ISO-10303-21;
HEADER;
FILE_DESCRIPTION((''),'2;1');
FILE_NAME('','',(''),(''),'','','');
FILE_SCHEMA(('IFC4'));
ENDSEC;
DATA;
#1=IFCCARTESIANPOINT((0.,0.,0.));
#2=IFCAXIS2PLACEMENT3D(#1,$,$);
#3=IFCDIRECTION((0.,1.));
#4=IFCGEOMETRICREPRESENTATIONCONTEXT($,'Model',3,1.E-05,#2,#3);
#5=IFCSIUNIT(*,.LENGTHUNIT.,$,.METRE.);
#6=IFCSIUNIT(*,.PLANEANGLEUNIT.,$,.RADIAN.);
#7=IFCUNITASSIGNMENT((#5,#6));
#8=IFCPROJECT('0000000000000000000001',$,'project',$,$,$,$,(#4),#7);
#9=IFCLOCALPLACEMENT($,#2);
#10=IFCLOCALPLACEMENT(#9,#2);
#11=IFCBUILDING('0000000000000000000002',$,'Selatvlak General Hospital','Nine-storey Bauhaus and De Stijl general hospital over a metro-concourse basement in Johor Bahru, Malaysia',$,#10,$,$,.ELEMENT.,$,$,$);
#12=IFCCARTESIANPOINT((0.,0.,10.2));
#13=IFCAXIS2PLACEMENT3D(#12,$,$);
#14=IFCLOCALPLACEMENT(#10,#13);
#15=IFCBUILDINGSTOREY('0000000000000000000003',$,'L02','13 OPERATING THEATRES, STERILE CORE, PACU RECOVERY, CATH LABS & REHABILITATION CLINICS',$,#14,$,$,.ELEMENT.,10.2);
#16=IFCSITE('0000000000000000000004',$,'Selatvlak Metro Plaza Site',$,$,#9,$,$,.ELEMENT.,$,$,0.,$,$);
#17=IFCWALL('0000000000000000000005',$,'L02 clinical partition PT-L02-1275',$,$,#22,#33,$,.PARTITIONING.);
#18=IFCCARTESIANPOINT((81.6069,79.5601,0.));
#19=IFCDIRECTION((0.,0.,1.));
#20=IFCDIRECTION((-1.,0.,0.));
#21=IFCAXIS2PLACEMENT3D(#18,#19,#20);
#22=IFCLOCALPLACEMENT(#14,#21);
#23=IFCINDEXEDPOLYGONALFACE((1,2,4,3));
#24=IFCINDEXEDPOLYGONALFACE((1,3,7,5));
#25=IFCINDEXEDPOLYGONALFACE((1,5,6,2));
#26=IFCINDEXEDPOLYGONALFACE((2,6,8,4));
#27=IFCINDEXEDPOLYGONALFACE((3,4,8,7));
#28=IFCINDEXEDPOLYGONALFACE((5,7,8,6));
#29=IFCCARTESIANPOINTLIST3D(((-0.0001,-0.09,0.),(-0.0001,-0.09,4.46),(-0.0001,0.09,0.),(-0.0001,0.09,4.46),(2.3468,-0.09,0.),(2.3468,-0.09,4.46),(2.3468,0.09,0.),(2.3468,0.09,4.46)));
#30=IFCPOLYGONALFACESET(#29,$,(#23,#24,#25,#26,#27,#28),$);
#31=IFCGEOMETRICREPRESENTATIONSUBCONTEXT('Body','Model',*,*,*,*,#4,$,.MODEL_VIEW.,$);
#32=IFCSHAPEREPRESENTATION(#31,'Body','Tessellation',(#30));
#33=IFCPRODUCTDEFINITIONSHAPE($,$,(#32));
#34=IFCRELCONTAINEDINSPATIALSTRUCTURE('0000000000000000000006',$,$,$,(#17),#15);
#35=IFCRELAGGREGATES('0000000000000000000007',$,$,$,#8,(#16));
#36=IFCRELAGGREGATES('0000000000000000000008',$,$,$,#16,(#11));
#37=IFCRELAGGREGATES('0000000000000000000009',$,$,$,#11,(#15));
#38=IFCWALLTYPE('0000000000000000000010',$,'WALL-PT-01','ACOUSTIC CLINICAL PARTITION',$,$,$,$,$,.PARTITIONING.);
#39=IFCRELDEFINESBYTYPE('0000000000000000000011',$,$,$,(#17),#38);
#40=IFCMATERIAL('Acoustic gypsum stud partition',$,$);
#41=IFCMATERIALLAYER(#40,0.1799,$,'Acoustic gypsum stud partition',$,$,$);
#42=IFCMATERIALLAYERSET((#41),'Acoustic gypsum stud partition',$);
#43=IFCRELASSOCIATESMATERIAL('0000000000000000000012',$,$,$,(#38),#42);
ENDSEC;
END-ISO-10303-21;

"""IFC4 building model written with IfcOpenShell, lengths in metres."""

from ifc_helpers import new_model, si_unit, direction, frame, frame_2d, origin, place, context, subcontext, project, spatial, rectangle, extrude, material, layer, layer_set, type_object, element, save


model = new_model("IFC4")

# Units and contexts
model_context = context("Model", 3, precision=1e-05, world=origin(), true_north=direction((0.0, 1.0)))
body_context = subcontext(model_context, "Body", "Model", "MODEL_VIEW")
ifc_project = project(units=[si_unit("LENGTHUNIT", "METRE"), si_unit("PLANEANGLEUNIT", "RADIAN")], contexts=[model_context])

# Site, building, storey
site_placement = place(None, origin())
site = spatial("IfcSite", under=ifc_project, at=site_placement, Name="Selatvlak Metro Plaza Site", CompositionType="ELEMENT", RefElevation=0.0)
building_placement = place(site_placement, origin())
building = spatial("IfcBuilding", under=site, at=building_placement, Name="Selatvlak General Hospital", Description="Nine-storey Bauhaus and De Stijl general hospital over a metro-concourse basement in Johor Bahru, Malaysia", CompositionType="ELEMENT")
storey_placement = place(building_placement, frame((0.0, 0.0, 10.2)))
storey = spatial("IfcBuildingStorey", under=building, at=storey_placement, Name="L02", Description="13 OPERATING THEATRES, STERILE CORE, PACU RECOVERY, CATH LABS & REHABILITATION CLINICS", CompositionType="ELEMENT", Elevation=10.2)

# Wall
ifc_material_1 = material(Name="Acoustic gypsum stud partition")
ifc_layer_1 = layer(ifc_material_1, 0.1799, Name="Acoustic gypsum stud partition")
ifc_layer_set_1 = layer_set([ifc_layer_1], Name="Acoustic gypsum stud partition")
wall_type_1 = type_object("IfcWallType", Name="WALL-PT-01", Description="ACOUSTIC CLINICAL PARTITION", PredefinedType="PARTITIONING", material=ifc_layer_set_1)
wall_1_placement = place(storey_placement, frame((81.6069, 79.5601, 0.0), z_axis=(0.0, 0.0, 1.0), x_axis=(-1.0, 0.0, 0.0)))
element("IfcWall", 1, at=wall_1_placement, inside=storey, type_object=wall_type_1, Name="L02 clinical partition PT-L02-1275", PredefinedType="PARTITIONING", context=body_context, shape_type="SweptSolid", body=[
    extrude(rectangle(XDim=2.3469, YDim=0.1799, at=frame_2d((1.1733, 0.0))), origin(), (0.0, 0.0, 1.0), 4.46),
])

save(model, "model.ifc")
